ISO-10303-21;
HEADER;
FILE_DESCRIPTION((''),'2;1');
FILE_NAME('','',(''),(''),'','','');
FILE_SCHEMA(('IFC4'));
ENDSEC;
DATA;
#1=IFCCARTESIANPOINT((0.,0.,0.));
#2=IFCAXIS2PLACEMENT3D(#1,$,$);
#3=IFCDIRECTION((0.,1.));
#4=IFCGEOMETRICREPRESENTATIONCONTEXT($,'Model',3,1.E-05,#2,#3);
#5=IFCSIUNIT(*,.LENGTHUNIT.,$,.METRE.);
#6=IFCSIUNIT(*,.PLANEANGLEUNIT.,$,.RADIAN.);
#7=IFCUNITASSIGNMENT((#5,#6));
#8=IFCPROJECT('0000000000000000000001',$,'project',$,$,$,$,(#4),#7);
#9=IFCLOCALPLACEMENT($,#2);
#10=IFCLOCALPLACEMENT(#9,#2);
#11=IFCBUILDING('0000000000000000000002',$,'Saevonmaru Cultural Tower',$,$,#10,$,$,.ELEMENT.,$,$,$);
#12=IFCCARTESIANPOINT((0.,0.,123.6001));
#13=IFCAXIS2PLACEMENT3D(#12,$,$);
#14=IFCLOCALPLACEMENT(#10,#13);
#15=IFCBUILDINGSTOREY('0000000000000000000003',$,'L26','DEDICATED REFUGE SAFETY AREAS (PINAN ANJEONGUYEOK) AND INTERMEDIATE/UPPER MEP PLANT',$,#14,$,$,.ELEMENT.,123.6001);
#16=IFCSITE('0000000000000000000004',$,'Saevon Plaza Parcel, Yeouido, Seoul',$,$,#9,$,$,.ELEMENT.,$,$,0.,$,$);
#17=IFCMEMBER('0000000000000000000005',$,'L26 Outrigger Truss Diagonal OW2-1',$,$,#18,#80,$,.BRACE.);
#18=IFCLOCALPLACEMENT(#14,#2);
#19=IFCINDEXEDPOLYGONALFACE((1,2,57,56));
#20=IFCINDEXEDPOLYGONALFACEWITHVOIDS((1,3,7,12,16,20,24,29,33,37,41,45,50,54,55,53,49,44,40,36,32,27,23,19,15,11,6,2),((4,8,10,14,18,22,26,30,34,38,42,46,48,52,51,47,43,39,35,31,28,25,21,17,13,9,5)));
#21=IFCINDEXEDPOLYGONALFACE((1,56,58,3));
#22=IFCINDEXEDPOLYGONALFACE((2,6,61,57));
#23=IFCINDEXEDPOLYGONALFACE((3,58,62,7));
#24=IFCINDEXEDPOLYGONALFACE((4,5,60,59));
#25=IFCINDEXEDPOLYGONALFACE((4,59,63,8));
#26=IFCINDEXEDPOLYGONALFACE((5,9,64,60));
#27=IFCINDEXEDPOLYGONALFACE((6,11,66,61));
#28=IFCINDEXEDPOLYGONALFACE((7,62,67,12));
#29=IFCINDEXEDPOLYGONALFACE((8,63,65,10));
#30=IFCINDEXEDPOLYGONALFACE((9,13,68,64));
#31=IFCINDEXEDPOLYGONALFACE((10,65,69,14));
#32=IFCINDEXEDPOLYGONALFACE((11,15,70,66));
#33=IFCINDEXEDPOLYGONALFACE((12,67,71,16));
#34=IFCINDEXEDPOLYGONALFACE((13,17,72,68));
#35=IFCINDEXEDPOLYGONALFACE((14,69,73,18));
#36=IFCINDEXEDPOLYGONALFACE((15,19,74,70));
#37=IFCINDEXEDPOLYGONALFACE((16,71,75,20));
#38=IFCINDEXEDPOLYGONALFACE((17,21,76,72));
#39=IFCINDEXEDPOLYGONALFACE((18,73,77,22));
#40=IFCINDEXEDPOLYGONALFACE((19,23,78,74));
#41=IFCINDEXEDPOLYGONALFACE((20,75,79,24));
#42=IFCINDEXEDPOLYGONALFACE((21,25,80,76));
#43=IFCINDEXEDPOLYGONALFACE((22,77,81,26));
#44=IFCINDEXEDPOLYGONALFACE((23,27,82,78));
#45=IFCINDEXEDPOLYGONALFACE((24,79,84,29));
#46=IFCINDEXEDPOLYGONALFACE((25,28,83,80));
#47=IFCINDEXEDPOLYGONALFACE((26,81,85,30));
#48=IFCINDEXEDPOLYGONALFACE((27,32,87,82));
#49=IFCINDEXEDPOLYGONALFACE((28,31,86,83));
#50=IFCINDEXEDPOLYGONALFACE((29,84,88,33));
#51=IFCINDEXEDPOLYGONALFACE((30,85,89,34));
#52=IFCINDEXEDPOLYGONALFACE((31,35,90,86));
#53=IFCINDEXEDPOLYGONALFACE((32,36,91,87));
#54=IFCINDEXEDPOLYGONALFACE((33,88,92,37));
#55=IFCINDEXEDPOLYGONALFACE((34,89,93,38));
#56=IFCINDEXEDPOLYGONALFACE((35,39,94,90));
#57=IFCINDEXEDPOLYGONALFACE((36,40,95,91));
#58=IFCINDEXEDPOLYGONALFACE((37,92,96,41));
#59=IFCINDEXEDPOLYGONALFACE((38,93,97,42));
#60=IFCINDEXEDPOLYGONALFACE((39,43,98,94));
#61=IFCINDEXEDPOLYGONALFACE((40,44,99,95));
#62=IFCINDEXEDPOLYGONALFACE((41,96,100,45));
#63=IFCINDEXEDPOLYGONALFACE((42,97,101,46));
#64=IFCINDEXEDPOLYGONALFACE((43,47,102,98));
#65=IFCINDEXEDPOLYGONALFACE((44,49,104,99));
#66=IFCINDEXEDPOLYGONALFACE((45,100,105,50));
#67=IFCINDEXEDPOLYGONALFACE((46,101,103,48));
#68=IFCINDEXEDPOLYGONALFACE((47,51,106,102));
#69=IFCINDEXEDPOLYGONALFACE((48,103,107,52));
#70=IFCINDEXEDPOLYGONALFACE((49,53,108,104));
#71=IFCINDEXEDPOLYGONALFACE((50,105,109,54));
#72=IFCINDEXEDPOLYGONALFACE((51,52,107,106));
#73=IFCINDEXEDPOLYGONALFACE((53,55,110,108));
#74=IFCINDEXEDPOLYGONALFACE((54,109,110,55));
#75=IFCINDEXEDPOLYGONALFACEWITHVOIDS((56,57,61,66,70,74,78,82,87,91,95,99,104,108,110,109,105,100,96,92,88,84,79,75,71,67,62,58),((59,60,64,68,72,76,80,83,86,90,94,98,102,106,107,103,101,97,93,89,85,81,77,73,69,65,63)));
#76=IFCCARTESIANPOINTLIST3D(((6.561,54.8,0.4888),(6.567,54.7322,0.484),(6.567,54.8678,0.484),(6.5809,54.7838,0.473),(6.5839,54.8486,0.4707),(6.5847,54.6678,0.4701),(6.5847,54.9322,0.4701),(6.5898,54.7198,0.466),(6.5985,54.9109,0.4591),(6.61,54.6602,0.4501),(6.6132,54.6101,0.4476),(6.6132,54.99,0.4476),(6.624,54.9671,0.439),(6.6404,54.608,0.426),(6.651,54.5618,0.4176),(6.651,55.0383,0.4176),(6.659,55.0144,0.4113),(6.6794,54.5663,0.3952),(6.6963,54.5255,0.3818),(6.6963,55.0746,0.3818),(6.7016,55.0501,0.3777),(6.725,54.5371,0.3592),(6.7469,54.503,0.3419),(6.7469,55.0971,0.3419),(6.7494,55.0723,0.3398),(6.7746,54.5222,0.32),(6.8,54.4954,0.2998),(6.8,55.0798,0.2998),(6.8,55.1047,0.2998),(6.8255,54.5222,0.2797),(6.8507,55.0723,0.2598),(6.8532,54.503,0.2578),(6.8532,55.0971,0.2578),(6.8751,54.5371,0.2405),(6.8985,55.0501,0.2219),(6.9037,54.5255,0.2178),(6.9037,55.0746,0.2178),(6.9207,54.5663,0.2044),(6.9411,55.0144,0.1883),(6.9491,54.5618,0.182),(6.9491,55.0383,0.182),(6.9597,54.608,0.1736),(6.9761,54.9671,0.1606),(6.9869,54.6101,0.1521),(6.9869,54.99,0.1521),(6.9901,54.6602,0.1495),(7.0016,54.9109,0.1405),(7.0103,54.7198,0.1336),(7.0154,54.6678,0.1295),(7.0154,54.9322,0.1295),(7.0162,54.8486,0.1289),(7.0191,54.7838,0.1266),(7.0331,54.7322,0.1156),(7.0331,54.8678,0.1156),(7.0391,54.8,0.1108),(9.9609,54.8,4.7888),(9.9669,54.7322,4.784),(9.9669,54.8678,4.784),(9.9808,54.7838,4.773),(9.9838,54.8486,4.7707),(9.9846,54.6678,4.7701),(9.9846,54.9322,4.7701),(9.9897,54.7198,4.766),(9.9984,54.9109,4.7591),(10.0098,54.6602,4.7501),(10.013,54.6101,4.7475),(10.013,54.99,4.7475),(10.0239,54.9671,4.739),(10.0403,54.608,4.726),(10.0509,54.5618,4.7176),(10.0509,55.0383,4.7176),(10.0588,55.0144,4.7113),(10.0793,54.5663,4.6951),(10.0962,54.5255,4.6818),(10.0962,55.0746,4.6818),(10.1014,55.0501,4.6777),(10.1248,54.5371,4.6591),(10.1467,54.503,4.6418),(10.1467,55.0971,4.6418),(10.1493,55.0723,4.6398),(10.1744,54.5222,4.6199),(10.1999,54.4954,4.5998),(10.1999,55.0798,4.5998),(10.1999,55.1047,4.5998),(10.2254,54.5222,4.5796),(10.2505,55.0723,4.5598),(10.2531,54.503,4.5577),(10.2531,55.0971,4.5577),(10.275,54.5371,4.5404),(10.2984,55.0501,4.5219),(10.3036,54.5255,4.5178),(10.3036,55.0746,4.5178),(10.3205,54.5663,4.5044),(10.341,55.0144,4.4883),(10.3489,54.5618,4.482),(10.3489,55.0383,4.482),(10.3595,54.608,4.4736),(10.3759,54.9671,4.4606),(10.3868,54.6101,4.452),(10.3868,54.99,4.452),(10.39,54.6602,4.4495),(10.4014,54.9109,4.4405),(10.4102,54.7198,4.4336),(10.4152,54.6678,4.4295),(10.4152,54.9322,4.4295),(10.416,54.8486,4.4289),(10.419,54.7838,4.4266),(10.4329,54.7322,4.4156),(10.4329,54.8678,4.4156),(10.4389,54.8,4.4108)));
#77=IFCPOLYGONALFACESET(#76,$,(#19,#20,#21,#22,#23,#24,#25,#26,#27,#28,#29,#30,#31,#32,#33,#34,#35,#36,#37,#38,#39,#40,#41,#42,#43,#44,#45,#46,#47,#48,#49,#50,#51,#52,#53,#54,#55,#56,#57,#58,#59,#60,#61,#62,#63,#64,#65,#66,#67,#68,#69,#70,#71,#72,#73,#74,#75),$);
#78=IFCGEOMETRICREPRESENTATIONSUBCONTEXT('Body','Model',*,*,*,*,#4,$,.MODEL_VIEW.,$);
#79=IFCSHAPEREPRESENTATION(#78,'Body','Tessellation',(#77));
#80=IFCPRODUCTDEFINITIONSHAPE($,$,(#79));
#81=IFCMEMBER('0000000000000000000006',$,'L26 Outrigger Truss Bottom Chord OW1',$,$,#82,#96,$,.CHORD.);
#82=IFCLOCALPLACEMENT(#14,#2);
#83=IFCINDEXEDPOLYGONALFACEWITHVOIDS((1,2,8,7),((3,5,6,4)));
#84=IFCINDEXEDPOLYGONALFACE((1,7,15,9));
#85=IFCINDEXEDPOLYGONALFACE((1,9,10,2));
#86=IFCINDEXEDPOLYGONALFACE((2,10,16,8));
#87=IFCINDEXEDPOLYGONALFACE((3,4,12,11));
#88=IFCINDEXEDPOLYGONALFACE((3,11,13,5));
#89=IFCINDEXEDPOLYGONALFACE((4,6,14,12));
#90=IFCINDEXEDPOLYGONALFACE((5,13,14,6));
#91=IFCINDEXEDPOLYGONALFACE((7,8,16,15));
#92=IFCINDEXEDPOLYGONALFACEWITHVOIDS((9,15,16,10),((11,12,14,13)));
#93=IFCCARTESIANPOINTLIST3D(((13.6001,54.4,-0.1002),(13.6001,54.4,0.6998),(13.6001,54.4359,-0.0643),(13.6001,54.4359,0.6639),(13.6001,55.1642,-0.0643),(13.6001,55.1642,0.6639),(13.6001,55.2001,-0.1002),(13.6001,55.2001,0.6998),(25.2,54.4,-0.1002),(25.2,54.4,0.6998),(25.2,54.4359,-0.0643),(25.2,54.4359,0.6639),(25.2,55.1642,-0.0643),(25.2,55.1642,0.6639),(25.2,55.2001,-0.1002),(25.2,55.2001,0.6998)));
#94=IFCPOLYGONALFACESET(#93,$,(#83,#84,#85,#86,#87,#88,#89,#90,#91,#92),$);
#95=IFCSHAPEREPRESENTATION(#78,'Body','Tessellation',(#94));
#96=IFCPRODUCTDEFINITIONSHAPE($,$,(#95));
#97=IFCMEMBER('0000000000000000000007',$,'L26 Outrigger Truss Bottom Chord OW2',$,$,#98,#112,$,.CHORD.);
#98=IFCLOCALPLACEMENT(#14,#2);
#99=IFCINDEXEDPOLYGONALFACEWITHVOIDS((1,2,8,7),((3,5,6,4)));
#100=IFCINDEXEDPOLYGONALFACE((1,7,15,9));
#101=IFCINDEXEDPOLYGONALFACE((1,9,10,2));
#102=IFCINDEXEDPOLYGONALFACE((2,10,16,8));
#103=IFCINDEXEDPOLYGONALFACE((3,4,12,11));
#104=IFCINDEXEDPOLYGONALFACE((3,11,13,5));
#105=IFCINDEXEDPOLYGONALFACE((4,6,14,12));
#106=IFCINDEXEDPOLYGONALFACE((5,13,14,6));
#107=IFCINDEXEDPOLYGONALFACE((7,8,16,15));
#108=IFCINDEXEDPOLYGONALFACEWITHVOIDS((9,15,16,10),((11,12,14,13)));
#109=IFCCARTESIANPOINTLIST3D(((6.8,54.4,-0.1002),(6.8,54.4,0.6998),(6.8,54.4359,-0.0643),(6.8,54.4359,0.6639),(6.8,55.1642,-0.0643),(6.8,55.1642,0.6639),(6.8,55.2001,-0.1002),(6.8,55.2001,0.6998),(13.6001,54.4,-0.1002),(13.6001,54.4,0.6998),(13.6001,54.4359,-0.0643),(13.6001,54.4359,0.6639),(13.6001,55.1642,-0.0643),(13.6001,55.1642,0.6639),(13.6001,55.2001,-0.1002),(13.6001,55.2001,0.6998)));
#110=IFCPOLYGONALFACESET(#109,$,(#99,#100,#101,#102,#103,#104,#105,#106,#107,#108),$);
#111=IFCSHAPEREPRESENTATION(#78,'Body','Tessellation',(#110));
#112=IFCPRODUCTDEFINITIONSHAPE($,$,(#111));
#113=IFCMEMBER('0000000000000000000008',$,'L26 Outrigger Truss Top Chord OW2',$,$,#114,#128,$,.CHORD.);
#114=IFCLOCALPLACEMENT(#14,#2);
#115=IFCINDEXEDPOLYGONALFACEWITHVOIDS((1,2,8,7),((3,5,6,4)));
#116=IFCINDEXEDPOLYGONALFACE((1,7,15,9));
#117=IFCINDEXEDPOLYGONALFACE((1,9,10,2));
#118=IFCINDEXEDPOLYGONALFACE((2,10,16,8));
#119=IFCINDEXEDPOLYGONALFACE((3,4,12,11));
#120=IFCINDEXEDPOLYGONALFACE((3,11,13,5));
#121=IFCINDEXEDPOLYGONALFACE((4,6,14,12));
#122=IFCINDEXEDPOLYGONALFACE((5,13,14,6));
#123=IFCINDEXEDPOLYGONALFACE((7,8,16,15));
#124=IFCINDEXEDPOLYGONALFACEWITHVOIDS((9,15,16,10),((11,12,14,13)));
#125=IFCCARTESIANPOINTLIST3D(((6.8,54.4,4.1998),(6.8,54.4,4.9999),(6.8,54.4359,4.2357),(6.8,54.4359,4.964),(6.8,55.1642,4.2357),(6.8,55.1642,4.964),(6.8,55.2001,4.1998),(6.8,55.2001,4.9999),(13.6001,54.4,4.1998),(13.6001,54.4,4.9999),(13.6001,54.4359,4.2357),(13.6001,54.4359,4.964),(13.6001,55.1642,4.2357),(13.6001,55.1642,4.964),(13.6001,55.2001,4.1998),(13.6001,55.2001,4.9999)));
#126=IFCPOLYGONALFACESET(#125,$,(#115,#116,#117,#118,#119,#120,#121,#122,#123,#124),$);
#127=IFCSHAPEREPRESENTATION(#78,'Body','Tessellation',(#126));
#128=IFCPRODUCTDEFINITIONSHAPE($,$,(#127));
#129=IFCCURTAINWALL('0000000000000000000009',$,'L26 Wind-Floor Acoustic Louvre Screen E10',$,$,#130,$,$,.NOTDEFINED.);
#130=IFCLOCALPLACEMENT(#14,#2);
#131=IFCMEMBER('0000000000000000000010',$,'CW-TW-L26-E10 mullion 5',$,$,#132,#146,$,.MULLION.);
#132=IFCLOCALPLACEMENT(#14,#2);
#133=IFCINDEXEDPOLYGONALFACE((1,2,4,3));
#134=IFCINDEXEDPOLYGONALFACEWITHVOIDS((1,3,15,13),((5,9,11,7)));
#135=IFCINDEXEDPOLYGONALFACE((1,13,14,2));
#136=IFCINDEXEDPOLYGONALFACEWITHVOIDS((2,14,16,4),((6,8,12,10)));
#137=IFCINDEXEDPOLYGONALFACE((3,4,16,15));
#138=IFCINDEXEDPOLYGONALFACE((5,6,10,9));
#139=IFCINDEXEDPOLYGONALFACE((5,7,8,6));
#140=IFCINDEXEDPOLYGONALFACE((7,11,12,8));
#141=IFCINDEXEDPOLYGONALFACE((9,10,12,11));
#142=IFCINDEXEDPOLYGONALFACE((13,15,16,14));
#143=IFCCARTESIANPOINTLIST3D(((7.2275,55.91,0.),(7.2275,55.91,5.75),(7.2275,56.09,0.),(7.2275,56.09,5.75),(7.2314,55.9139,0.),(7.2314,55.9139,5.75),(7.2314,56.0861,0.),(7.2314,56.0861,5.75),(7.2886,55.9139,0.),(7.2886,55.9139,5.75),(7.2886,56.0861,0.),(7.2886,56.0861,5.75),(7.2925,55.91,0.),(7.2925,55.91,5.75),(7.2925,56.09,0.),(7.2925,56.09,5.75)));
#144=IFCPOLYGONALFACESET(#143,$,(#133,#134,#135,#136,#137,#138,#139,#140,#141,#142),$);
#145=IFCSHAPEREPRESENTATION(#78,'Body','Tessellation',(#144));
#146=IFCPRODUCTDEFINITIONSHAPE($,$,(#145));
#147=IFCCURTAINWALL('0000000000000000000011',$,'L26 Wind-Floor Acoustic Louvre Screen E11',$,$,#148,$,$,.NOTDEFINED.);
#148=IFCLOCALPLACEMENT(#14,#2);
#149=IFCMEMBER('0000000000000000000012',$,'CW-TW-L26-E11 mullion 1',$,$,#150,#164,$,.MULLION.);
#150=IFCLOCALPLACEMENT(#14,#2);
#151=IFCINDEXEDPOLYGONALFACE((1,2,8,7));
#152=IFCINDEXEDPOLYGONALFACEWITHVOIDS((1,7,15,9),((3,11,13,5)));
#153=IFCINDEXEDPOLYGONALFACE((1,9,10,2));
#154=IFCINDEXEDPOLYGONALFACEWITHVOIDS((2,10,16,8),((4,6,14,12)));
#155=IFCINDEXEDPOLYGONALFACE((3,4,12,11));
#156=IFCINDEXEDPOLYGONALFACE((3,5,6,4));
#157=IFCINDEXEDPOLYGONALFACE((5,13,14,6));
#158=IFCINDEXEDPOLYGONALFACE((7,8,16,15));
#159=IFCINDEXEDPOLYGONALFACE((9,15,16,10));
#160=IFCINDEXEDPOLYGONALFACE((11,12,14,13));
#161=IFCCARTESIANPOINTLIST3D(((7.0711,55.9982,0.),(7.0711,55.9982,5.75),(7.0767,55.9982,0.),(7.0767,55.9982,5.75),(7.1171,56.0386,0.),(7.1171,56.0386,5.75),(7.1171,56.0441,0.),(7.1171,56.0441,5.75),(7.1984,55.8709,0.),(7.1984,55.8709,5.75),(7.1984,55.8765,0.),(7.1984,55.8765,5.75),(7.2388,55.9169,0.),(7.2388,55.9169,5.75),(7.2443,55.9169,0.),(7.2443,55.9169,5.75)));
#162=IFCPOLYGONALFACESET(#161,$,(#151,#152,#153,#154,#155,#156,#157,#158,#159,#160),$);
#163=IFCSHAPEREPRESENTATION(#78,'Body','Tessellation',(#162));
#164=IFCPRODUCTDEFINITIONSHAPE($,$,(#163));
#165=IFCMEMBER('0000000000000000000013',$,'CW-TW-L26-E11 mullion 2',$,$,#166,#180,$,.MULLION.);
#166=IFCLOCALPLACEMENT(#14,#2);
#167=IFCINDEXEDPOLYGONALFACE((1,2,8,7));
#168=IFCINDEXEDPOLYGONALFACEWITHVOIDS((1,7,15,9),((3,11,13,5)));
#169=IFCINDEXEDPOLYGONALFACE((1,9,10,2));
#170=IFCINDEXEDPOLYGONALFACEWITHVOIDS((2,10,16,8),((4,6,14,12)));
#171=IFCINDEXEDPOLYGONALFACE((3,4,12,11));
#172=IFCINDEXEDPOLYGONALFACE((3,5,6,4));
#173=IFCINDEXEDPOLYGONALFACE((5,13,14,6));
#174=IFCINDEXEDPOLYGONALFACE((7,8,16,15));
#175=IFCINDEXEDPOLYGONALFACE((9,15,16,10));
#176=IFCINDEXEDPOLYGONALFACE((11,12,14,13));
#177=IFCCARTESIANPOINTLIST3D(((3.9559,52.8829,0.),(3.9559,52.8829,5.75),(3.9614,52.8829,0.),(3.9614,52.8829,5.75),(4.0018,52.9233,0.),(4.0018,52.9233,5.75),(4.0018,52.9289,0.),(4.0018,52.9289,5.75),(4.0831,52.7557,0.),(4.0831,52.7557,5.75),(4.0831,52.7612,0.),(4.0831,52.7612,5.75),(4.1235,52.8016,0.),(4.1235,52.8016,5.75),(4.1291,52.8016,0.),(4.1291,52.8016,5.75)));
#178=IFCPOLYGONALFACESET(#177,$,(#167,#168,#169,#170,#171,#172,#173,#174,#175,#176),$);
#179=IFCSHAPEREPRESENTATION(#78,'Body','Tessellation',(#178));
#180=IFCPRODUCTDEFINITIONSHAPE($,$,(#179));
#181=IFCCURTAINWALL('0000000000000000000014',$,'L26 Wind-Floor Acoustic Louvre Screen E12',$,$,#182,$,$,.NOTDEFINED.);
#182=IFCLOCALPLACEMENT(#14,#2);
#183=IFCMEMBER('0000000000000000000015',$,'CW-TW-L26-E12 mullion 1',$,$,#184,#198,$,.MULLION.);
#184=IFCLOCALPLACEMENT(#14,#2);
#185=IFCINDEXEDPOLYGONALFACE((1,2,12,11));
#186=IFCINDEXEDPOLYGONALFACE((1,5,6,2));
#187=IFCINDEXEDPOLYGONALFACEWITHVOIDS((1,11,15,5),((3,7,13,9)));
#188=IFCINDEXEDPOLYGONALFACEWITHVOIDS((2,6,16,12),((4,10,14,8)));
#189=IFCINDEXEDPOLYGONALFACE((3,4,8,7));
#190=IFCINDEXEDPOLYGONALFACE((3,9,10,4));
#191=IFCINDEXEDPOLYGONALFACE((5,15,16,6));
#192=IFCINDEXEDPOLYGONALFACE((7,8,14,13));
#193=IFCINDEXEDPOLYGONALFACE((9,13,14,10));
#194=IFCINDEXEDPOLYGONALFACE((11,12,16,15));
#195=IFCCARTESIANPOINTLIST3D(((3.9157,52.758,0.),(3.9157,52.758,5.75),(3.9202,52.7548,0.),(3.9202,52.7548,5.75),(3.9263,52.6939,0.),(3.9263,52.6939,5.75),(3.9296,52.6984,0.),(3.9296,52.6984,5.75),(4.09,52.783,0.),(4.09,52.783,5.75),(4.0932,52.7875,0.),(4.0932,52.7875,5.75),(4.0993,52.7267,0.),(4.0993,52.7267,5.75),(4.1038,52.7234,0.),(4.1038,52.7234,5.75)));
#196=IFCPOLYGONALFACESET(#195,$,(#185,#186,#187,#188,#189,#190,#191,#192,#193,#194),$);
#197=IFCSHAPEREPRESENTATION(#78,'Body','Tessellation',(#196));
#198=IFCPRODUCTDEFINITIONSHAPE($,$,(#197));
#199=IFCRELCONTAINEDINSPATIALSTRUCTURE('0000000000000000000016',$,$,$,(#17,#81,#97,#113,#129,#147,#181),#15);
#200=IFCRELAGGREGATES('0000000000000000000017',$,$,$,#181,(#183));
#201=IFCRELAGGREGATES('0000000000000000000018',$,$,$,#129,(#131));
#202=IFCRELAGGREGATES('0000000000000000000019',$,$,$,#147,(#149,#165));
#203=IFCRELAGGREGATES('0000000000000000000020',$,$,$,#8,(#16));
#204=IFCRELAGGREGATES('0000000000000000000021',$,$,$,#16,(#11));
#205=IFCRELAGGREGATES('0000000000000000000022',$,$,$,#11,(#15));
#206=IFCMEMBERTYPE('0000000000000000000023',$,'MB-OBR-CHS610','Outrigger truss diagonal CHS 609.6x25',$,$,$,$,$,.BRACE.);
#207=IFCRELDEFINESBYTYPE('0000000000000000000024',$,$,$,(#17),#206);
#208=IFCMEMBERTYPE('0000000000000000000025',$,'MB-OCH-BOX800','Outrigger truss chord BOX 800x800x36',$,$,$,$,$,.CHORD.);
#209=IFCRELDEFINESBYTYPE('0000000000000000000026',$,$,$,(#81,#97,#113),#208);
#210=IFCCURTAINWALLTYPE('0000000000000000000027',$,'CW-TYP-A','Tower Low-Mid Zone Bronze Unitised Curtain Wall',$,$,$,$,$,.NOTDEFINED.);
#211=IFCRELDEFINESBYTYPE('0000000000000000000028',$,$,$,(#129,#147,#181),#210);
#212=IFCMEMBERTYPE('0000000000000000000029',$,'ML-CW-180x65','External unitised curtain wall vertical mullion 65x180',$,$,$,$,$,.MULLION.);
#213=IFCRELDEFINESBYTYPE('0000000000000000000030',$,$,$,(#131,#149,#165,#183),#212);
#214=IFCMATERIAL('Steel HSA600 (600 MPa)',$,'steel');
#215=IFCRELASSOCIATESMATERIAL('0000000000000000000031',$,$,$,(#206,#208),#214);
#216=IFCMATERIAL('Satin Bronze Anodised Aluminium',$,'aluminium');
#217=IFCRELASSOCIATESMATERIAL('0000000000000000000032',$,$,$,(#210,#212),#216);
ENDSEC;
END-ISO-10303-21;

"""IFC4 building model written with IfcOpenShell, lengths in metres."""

from ifc_helpers import new_model, si_unit, direction, frame, origin, origin_2d, place, context, subcontext, project, spatial, hollow_rectangle, hollow_circle, extrude, material, material_profile, profile_set, type_object, element, aggregate, save


model = new_model("IFC4")

# Units and contexts
model_context = context("Model", 3, precision=1e-05, world=origin(), true_north=direction((0.0, 1.0)))
body_context = subcontext(model_context, "Body", "Model", "MODEL_VIEW")
ifc_project = project(units=[si_unit("LENGTHUNIT", "METRE"), si_unit("PLANEANGLEUNIT", "RADIAN")], contexts=[model_context])

# Site, building, storey
site_placement = place(None, origin())
site = spatial("IfcSite", under=ifc_project, at=site_placement, Name="Saevon Plaza Parcel, Yeouido, Seoul", CompositionType="ELEMENT", RefElevation=0.0)
building_placement = place(site_placement, origin())
building = spatial("IfcBuilding", under=site, at=building_placement, Name="Saevonmaru Cultural Tower", CompositionType="ELEMENT")
storey_placement = place(building_placement, frame((0.0, 0.0, 123.6001)))
storey = spatial("IfcBuildingStorey", under=building, at=storey_placement, Name="L26", Description="DEDICATED REFUGE SAFETY AREAS (PINAN ANJEONGUYEOK) AND INTERMEDIATE/UPPER MEP PLANT", CompositionType="ELEMENT", Elevation=123.6001)

# Members
ifc_material_1 = material(Name="Steel HSA600 (600 MPa)", Category="steel")
ifc_material_profile_1 = material_profile(ifc_material_1, hollow_circle(Radius=0.3047, WallThickness=0.0249, at=origin_2d()), Name="CHS-609.6x25")
ifc_profile_set_1 = profile_set([ifc_material_profile_1], Name="Steel HSA600 (600 MPa)")
member_type_1 = type_object("IfcMemberType", Name="MB-OBR-CHS610", Description="Outrigger truss diagonal CHS 609.6x25", PredefinedType="BRACE", material=ifc_profile_set_1)
member_1_placement = place(storey_placement, frame((6.8, 54.8, 0.2998), z_axis=(0.62022, 0.0, 0.784428), x_axis=(0.0, 1.0, 0.0)))
element("IfcMember", 1, at=member_1_placement, inside=storey, type_object=member_type_1, Name="L26 Outrigger Truss Diagonal OW2-1", PredefinedType="BRACE", context=body_context, shape_type="SweptSolid", body=[
    extrude(hollow_circle(Radius=0.3047, WallThickness=0.0249, at=origin_2d()), origin(), (0.0, 0.0, 1.0), 5.4817),
])
ifc_material_profile_2 = material_profile(ifc_material_1, hollow_rectangle(XDim=0.8, YDim=0.8, WallThickness=0.0359, at=origin_2d()), Name="BOX-800x800x36")
ifc_profile_set_2 = profile_set([ifc_material_profile_2], Name="Steel HSA600 (600 MPa)")
member_type_2 = type_object("IfcMemberType", Name="MB-OCH-BOX800", Description="Outrigger truss chord BOX 800x800x36", PredefinedType="CHORD", material=ifc_profile_set_2)
member_2_placement = place(storey_placement, frame((13.6001, 54.8, 0.2998), z_axis=(1.0, 0.0, 0.0), x_axis=(0.0, 1.0, 0.0)))
element("IfcMember", 2, at=member_2_placement, inside=storey, type_object=member_type_2, Name="L26 Outrigger Truss Bottom Chord OW1", PredefinedType="CHORD", context=body_context, shape_type="SweptSolid", body=[
    extrude(hollow_rectangle(XDim=0.8, YDim=0.8, WallThickness=0.0359, at=origin_2d()), origin(), (0.0, 0.0, 1.0), 11.5999),
])
for number, where, z_axis, x_axis, name in (
    (3, (6.8, 54.8, 0.2998), (1.0, 0.0, 0.0), (0.0, 1.0, 0.0), "L26 Outrigger Truss Bottom Chord OW2"),
    (4, (6.8, 54.8, 4.5999), (1.0, 0.0, 0.0), (0.0, 1.0, 0.0), "L26 Outrigger Truss Top Chord OW2"),
):
    element("IfcMember", number, at=place(storey_placement, frame(where, z_axis=z_axis, x_axis=x_axis)), inside=storey, type_object=member_type_2, Name=name, PredefinedType="CHORD", context=body_context, shape_type="SweptSolid", body=[
        extrude(hollow_rectangle(XDim=0.8, YDim=0.8, WallThickness=0.0359, at=origin_2d()), origin(), (0.0, 0.0, 1.0), 6.8),
    ])

# Curtain wall, member
ifc_material_2 = material(Name="Satin Bronze Anodised Aluminium", Category="aluminium")
curtain_wall_type = type_object("IfcCurtainWallType", Name="CW-TYP-A", Description="Tower Low-Mid Zone Bronze Unitised Curtain Wall", PredefinedType="NOTDEFINED", material=ifc_material_2)
curtain_wall_1_placement = place(storey_placement, origin())
curtain_wall_1 = element("IfcCurtainWall", 5, at=curtain_wall_1_placement, inside=storey, type_object=curtain_wall_type, Name="L26 Wind-Floor Acoustic Louvre Screen E10", PredefinedType="NOTDEFINED")
ifc_material_profile_3 = material_profile(ifc_material_2, hollow_rectangle(XDim=0.0649, YDim=0.1799, WallThickness=0.0039, at=origin_2d()), Name="ALU-MULL-180x65x4")
ifc_profile_set_3 = profile_set([ifc_material_profile_3], Name="Satin Bronze Anodised Aluminium")
member_type_3 = type_object("IfcMemberType", Name="ML-CW-180x65", Description="External unitised curtain wall vertical mullion 65x180", PredefinedType="MULLION", material=ifc_profile_set_3)
member_3_placement = place(storey_placement, frame((7.26, 56.0, 0.0), z_axis=(0.0, 0.0, 1.0), x_axis=(-1.0, 0.0, 0.0)))
member_3 = element("IfcMember", 6, at=member_3_placement, type_object=member_type_3, Name="CW-TW-L26-E10 mullion 5", PredefinedType="MULLION", context=body_context, shape_type="SweptSolid", body=[
    extrude(hollow_rectangle(XDim=0.0649, YDim=0.1799, WallThickness=0.0039, at=origin_2d()), origin(), (0.0, 0.0, 1.0), 5.75),
])

# Curtain wall, members
curtain_wall_2_placement = place(storey_placement, origin())
curtain_wall_2 = element("IfcCurtainWall", 7, at=curtain_wall_2_placement, inside=storey, type_object=curtain_wall_type, Name="L26 Wind-Floor Acoustic Louvre Screen E11", PredefinedType="NOTDEFINED")
member_4_placement = place(storey_placement, frame((7.1577, 55.9575, 0.0), z_axis=(0.0, 0.0, 1.0), x_axis=(-0.707107, -0.707107, 0.0)))
member_4 = element("IfcMember", 8, at=member_4_placement, type_object=member_type_3, Name="CW-TW-L26-E11 mullion 1", PredefinedType="MULLION", context=body_context, shape_type="SweptSolid", body=[
    extrude(hollow_rectangle(XDim=0.0649, YDim=0.1799, WallThickness=0.0039, at=origin_2d()), origin(), (0.0, 0.0, 1.0), 5.75),
])
member_5_placement = place(storey_placement, frame((4.0425, 52.8423, 0.0), z_axis=(0.0, 0.0, 1.0), x_axis=(-0.707107, -0.707107, 0.0)))
member_5 = element("IfcMember", 9, at=member_5_placement, type_object=member_type_3, Name="CW-TW-L26-E11 mullion 2", PredefinedType="MULLION", context=body_context, shape_type="SweptSolid", body=[
    extrude(hollow_rectangle(XDim=0.0649, YDim=0.1799, WallThickness=0.0039, at=origin_2d()), origin(), (0.0, 0.0, 1.0), 5.75),
])

# Curtain wall, member
curtain_wall_3_placement = place(storey_placement, origin())
curtain_wall_3 = element("IfcCurtainWall", 10, at=curtain_wall_3_placement, inside=storey, type_object=curtain_wall_type, Name="L26 Wind-Floor Acoustic Louvre Screen E12", PredefinedType="NOTDEFINED")
member_6_placement = place(storey_placement, frame((4.0098, 52.7407, 0.0), z_axis=(0.0, 0.0, 1.0), x_axis=(0.163999, -0.986461, 0.0)))
member_6 = element("IfcMember", 11, at=member_6_placement, type_object=member_type_3, Name="CW-TW-L26-E12 mullion 1", PredefinedType="MULLION", context=body_context, shape_type="SweptSolid", body=[
    extrude(hollow_rectangle(XDim=0.0649, YDim=0.1799, WallThickness=0.0039, at=origin_2d()), origin(), (0.0, 0.0, 1.0), 5.75),
])

aggregate(curtain_wall_3, [member_6])

aggregate(curtain_wall_1, [member_3])
aggregate(curtain_wall_2, [member_4, member_5])

save(model, "model.ifc")
